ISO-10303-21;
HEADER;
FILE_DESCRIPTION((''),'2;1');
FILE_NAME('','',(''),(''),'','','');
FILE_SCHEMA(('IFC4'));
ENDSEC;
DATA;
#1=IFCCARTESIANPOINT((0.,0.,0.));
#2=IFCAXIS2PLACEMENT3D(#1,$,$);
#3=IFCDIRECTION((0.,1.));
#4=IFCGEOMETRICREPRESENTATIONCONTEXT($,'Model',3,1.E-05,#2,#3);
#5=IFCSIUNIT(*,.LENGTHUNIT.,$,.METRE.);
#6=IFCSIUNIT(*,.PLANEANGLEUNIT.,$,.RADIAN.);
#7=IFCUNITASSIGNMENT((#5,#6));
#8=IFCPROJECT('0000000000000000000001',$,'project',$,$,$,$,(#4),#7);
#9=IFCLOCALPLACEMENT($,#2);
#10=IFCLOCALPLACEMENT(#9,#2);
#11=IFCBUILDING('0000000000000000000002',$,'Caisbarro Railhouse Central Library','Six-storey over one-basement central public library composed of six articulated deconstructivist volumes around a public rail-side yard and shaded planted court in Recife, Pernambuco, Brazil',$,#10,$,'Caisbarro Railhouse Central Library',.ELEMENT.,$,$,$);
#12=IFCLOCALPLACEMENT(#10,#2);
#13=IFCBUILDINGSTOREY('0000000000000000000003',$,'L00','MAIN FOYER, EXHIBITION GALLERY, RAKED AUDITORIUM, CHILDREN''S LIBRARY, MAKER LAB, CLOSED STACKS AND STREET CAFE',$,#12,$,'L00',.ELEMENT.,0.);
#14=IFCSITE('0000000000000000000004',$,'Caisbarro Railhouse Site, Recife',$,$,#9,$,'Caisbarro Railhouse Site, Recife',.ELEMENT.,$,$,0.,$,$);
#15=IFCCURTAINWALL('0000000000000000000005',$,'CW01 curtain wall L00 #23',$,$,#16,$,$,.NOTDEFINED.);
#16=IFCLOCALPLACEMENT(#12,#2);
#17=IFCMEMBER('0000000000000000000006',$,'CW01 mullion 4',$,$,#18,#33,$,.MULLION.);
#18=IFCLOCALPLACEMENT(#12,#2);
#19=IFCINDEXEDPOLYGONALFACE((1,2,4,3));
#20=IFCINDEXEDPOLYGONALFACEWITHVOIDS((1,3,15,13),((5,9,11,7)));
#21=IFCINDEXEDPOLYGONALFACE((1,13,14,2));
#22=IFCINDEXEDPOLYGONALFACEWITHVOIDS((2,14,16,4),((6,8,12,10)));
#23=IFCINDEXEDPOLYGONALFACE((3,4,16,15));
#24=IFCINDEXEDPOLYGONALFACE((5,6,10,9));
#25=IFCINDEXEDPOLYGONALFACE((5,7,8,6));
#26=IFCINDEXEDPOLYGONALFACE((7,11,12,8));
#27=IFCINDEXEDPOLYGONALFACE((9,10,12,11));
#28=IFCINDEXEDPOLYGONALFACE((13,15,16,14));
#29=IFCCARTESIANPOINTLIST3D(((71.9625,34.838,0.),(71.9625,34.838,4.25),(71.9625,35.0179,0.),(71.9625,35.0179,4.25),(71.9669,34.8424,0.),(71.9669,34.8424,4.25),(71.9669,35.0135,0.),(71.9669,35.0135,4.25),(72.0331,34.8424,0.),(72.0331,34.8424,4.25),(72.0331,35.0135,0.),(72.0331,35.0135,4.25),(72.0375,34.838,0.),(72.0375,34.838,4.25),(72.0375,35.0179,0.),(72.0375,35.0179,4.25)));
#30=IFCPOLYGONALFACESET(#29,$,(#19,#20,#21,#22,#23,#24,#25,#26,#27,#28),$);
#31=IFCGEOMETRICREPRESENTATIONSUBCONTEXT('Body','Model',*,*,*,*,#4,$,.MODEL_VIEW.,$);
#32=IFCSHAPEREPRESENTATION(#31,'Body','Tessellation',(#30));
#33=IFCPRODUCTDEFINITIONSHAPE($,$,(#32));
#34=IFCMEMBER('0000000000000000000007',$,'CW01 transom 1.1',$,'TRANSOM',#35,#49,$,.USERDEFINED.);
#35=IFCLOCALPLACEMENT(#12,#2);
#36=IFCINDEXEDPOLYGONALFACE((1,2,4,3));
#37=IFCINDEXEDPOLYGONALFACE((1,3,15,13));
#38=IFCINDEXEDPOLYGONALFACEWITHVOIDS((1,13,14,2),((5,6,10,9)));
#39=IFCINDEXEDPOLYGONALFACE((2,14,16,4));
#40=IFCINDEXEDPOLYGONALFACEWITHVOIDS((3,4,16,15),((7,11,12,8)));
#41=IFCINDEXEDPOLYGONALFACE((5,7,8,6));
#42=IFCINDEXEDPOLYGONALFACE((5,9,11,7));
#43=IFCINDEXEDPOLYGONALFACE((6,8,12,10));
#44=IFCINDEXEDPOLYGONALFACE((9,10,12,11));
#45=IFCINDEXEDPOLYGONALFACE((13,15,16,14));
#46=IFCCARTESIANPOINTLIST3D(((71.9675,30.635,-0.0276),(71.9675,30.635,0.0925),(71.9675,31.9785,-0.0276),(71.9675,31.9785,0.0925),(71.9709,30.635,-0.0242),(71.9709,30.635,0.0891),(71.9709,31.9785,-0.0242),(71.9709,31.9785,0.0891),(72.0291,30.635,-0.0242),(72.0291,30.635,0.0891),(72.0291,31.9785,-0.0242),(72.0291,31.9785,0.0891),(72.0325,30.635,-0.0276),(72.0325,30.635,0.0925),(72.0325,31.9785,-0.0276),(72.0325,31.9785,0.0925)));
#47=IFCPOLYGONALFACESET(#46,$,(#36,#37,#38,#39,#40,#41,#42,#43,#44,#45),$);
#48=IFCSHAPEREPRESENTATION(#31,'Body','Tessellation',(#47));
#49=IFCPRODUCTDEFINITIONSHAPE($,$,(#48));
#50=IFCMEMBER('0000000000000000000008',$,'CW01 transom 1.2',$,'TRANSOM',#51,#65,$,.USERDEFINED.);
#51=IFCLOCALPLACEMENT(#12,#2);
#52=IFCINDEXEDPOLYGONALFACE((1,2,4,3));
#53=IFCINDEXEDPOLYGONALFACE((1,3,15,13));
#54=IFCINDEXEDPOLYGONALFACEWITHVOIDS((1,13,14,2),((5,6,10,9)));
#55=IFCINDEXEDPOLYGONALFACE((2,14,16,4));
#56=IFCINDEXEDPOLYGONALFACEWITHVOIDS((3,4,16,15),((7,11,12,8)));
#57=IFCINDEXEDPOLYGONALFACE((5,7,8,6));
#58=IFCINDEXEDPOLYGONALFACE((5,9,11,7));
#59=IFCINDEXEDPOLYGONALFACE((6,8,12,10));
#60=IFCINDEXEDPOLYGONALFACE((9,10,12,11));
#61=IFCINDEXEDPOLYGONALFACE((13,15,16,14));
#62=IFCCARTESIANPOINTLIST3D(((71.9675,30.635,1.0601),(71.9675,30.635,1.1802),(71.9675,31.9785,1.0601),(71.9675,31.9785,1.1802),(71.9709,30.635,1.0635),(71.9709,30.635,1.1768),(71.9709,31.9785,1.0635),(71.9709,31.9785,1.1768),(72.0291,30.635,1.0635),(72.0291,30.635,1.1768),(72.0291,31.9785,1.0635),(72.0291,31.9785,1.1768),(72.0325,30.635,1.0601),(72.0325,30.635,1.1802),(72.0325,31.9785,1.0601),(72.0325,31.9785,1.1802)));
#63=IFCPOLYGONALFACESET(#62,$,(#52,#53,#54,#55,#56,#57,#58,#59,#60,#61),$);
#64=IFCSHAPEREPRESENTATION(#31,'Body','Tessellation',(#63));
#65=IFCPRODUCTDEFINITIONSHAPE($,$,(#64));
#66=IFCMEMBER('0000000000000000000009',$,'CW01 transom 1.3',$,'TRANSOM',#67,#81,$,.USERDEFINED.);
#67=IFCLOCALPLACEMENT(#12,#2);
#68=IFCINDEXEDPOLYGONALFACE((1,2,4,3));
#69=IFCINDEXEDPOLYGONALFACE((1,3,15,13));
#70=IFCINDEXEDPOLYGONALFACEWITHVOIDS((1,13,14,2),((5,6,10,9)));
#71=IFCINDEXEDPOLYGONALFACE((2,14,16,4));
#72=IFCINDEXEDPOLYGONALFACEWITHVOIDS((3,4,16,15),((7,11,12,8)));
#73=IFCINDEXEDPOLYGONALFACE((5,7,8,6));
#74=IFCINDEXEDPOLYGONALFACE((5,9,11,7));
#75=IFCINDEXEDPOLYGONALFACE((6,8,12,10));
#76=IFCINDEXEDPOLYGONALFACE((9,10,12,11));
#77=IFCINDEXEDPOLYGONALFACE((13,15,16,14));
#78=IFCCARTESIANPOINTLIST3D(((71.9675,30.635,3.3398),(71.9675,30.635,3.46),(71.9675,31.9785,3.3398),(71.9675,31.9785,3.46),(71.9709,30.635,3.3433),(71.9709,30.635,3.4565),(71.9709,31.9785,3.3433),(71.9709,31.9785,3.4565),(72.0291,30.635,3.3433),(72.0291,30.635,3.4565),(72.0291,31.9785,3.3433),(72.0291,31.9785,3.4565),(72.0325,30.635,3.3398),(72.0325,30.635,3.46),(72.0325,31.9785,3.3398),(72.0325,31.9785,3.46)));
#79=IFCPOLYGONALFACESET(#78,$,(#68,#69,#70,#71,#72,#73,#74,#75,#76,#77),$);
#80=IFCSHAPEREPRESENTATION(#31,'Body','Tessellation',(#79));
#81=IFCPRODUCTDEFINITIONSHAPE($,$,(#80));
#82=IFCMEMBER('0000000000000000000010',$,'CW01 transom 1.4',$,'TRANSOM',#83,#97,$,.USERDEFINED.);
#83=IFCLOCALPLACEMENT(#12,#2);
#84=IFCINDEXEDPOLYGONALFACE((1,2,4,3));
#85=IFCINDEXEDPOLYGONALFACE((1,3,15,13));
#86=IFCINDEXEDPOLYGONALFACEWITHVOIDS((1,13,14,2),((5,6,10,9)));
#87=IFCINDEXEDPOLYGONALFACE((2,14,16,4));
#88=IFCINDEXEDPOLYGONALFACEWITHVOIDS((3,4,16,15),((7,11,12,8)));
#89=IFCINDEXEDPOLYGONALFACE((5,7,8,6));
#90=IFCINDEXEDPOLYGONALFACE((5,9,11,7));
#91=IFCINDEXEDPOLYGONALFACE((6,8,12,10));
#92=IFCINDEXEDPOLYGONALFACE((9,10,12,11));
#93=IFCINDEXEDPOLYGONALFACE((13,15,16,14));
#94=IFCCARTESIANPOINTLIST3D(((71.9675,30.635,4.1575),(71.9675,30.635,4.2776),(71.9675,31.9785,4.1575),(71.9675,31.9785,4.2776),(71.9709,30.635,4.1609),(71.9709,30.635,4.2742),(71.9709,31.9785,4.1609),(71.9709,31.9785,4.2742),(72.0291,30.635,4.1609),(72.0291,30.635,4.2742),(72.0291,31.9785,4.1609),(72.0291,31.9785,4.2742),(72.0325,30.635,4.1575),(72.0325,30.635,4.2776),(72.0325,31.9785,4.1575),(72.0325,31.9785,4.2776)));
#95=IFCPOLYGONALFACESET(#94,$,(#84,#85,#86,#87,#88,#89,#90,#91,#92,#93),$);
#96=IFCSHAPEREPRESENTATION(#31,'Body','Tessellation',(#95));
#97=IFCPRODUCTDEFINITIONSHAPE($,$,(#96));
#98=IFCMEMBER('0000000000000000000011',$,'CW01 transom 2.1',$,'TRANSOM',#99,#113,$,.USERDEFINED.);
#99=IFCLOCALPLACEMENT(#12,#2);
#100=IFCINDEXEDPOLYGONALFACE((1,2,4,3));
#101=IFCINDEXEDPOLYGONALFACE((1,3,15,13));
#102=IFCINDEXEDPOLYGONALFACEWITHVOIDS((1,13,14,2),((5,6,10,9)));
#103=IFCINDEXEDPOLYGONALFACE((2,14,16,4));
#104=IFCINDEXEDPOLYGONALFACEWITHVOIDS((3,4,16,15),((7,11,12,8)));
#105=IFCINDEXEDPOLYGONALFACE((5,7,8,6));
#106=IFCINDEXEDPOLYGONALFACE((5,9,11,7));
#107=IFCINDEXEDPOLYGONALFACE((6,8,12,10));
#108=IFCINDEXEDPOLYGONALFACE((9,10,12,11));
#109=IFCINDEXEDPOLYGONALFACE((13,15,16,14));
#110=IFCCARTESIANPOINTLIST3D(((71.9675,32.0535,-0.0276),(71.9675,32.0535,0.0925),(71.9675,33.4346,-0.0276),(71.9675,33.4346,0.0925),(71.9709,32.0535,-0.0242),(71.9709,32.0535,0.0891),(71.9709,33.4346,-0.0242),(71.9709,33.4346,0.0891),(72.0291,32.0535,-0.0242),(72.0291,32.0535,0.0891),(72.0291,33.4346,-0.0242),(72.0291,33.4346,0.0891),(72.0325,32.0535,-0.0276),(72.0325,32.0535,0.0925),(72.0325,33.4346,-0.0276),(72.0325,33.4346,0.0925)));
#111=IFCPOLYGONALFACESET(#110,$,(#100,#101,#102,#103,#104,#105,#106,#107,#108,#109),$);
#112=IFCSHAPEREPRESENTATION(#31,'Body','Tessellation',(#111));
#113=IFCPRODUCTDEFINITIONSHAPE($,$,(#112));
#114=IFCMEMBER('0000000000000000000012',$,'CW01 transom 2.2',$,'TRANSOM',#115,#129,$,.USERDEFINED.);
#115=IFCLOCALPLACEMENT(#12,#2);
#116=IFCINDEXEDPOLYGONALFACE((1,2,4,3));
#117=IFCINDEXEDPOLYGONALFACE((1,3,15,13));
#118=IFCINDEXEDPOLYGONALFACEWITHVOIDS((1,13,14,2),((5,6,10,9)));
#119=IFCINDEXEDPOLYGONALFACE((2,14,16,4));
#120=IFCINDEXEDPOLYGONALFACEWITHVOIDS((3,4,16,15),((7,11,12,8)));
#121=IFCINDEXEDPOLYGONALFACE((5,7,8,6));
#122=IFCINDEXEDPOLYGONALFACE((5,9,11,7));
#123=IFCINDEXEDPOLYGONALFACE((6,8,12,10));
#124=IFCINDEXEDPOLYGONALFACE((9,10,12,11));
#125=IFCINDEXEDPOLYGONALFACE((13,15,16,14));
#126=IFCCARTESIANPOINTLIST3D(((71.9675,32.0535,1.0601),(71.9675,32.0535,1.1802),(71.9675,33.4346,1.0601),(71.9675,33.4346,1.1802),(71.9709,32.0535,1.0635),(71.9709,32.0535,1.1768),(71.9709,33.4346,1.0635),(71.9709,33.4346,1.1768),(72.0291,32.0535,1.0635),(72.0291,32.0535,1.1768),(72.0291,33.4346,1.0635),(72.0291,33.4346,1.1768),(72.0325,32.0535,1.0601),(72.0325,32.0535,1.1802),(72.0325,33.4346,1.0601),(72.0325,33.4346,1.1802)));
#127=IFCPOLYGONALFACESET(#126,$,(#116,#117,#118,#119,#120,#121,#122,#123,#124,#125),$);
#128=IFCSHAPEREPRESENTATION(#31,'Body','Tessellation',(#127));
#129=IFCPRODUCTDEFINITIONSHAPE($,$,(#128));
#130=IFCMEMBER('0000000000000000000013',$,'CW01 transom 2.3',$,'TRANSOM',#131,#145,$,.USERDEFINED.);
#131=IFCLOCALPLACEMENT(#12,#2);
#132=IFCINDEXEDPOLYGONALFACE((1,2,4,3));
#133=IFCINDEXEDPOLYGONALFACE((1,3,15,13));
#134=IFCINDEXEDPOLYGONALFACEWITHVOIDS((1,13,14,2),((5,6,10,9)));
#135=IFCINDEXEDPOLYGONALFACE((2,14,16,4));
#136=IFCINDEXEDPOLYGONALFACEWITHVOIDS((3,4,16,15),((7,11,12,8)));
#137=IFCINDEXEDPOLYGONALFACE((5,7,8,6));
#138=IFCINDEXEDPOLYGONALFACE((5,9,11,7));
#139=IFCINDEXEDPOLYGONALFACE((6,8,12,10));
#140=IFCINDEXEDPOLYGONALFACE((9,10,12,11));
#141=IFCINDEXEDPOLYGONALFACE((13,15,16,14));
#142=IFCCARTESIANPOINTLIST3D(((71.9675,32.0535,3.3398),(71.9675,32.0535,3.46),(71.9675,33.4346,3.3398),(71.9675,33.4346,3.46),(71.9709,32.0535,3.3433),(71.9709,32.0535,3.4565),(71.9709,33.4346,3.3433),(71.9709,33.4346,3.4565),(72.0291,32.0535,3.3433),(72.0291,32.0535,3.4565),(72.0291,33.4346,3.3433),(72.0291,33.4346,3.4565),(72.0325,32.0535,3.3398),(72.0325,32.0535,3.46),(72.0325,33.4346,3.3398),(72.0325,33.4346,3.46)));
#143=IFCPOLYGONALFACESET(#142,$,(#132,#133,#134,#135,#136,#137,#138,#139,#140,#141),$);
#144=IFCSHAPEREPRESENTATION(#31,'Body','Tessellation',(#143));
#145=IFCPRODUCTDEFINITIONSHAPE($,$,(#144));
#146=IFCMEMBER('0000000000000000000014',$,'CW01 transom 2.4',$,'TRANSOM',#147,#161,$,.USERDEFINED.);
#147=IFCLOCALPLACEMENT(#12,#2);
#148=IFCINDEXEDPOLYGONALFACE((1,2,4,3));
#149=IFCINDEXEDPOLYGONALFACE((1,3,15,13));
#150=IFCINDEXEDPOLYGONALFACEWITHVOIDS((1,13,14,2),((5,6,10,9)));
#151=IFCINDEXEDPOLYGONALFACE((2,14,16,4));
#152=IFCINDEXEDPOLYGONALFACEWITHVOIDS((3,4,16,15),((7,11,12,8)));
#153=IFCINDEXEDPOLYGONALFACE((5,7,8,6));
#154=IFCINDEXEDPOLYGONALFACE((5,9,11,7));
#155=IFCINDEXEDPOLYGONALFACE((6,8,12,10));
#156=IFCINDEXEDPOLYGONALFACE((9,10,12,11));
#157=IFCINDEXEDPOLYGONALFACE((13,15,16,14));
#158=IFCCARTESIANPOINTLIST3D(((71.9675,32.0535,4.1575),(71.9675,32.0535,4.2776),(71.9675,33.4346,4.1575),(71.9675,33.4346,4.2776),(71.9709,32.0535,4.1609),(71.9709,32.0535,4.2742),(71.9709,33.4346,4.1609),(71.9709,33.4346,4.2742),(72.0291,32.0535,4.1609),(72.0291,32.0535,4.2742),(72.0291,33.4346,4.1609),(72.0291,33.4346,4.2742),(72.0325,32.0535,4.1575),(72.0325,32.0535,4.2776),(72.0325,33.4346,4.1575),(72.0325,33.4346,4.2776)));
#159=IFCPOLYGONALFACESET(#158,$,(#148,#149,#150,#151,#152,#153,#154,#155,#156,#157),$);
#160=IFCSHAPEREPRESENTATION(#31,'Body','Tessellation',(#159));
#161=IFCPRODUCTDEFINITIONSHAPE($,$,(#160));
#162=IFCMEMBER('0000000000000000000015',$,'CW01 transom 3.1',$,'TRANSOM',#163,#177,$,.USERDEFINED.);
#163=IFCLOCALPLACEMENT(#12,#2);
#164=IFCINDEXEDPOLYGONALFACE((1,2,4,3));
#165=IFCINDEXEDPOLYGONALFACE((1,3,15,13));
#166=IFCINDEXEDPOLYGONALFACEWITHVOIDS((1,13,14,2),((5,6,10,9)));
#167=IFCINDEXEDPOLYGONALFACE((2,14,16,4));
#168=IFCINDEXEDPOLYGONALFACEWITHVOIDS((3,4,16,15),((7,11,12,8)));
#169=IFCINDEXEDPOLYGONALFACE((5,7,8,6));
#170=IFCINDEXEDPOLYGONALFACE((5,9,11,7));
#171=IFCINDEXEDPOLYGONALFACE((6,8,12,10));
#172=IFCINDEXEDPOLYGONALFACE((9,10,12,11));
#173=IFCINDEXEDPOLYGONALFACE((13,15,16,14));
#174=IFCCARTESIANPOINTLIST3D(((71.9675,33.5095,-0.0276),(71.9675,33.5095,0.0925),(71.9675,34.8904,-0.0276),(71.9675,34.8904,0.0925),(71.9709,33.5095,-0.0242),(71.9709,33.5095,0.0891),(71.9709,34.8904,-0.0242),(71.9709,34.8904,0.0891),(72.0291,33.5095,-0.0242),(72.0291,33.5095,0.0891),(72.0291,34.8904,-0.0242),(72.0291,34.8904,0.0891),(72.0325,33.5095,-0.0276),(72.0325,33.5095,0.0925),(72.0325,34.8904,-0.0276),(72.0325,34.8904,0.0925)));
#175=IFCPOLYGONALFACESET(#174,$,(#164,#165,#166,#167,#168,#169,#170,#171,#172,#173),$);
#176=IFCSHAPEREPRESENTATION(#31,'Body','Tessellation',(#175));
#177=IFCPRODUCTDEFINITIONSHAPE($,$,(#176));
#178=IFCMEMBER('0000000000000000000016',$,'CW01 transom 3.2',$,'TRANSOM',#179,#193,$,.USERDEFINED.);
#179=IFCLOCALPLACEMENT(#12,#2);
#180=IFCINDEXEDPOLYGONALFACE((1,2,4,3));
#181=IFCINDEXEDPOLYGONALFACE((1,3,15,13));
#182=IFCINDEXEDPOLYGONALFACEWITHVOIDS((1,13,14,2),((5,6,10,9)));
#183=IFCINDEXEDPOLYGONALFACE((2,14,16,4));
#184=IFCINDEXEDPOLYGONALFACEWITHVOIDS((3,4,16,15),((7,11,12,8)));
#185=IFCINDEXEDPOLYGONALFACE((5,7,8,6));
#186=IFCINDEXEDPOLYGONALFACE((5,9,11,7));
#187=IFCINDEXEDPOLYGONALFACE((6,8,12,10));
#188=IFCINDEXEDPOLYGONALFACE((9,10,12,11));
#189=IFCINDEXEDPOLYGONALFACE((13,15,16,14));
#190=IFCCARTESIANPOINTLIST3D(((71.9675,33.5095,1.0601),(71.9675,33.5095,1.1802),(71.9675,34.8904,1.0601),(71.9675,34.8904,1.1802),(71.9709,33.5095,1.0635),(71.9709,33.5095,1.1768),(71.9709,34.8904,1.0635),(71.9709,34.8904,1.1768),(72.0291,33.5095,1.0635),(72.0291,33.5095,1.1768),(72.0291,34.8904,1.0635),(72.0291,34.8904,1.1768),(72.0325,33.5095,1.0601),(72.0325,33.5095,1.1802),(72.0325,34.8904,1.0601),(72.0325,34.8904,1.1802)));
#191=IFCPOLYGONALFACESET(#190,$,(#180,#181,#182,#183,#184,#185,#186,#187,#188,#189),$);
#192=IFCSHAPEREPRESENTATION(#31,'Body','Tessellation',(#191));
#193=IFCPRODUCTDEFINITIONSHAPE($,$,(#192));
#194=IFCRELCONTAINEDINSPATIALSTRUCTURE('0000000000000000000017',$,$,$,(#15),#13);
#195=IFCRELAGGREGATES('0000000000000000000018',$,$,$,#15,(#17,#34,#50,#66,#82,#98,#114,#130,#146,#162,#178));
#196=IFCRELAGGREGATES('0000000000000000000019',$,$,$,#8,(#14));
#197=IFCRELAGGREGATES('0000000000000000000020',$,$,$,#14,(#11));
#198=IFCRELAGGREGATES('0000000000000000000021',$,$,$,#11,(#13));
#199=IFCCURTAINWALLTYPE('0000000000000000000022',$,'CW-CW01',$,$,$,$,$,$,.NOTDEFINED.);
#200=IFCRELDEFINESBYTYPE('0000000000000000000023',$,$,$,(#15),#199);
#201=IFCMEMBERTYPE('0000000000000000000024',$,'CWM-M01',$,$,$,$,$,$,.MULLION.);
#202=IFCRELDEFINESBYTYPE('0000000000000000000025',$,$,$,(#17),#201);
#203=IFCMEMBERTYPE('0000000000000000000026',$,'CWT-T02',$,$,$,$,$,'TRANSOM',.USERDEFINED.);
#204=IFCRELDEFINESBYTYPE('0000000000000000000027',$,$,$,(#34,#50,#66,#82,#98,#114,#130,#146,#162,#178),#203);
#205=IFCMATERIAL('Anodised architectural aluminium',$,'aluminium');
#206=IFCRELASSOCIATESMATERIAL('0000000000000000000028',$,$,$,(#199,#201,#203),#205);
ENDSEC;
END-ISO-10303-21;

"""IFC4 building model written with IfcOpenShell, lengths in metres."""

from ifc_helpers import new_model, si_unit, direction, frame, origin, origin_2d, place, context, subcontext, project, spatial, hollow_rectangle, extrude, material, material_profile, profile_set, type_object, element, aggregate, save


model = new_model("IFC4")

# Units and contexts
model_context = context("Model", 3, precision=1e-05, world=origin(), true_north=direction((0.0, 1.0)))
body_context = subcontext(model_context, "Body", "Model", "MODEL_VIEW")
ifc_project = project(units=[si_unit("LENGTHUNIT", "METRE"), si_unit("PLANEANGLEUNIT", "RADIAN")], contexts=[model_context])

# Site, building, storey
site_placement = place(None, origin())
site = spatial("IfcSite", under=ifc_project, at=site_placement, Name="Caisbarro Railhouse Site, Recife", LongName="Caisbarro Railhouse Site, Recife", CompositionType="ELEMENT", RefElevation=0.0)
building_placement = place(site_placement, origin())
building = spatial("IfcBuilding", under=site, at=building_placement, Name="Caisbarro Railhouse Central Library", Description="Six-storey over one-basement central public library composed of six articulated deconstructivist volumes around a public rail-side yard and shaded planted court in Recife, Pernambuco, Brazil", LongName="Caisbarro Railhouse Central Library", CompositionType="ELEMENT")
storey_placement = place(building_placement, origin())
storey = spatial("IfcBuildingStorey", under=building, at=storey_placement, Name="L00", Description="MAIN FOYER, EXHIBITION GALLERY, RAKED AUDITORIUM, CHILDREN'S LIBRARY, MAKER LAB, CLOSED STACKS AND STREET CAFE", LongName="L00", CompositionType="ELEMENT", Elevation=0.0)

# Curtain wall, members
ifc_material_1 = material(Name="Anodised architectural aluminium", Category="aluminium")
curtain_wall_type = type_object("IfcCurtainWallType", Name="CW-CW01", PredefinedType="NOTDEFINED", material=ifc_material_1)
curtain_wall_placement = place(storey_placement, origin())
curtain_wall = element("IfcCurtainWall", 1, at=curtain_wall_placement, inside=storey, type_object=curtain_wall_type, Name="CW01 curtain wall L00 #23", PredefinedType="NOTDEFINED")
ifc_material_profile_1 = material_profile(ifc_material_1, hollow_rectangle(XDim=0.075, YDim=0.1799, WallThickness=0.0044, at=origin_2d()), Name="ALU-MUL-75X180")
ifc_profile_set_1 = profile_set([ifc_material_profile_1], Name="Anodised architectural aluminium")
member_type_1 = type_object("IfcMemberType", Name="CWM-M01", PredefinedType="MULLION", material=ifc_profile_set_1)
member_1_placement = place(storey_placement, frame((72.0, 34.928, 0.0), z_axis=(0.0, 0.0, 1.0), x_axis=(-1.0, 0.0, 0.0)))
member_1 = element("IfcMember", 2, at=member_1_placement, type_object=member_type_1, Name="CW01 mullion 4", PredefinedType="MULLION", context=body_context, shape_type="SweptSolid", body=[
    extrude(hollow_rectangle(XDim=0.075, YDim=0.1799, WallThickness=0.0044, at=origin_2d()), origin(), (0.0, 0.0, 1.0), 4.25),
])
ifc_material_profile_2 = material_profile(ifc_material_1, hollow_rectangle(XDim=0.0649, YDim=0.1201, WallThickness=0.0034, at=origin_2d()), Name="ALU-TRN-65X120")
ifc_profile_set_2 = profile_set([ifc_material_profile_2], Name="Anodised architectural aluminium")
member_type_2 = type_object("IfcMemberType", Name="CWT-T02", ElementType="TRANSOM", PredefinedType="USERDEFINED", material=ifc_profile_set_2)
member_2_placement = place(storey_placement, frame((72.0, 30.635, 0.0325), z_axis=(0.0, 1.0, 0.0), x_axis=(-1.0, 0.0, 0.0)))
member_2 = element("IfcMember", 3, at=member_2_placement, type_object=member_type_2, Name="CW01 transom 1.1", ObjectType="TRANSOM", PredefinedType="USERDEFINED", context=body_context, shape_type="SweptSolid", body=[
    extrude(hollow_rectangle(XDim=0.0649, YDim=0.1201, WallThickness=0.0034, at=origin_2d()), origin(), (0.0, 0.0, 1.0), 1.3435),
])
member_3_placement = place(storey_placement, frame((72.0, 30.635, 1.1201), z_axis=(0.0, 1.0, 0.0), x_axis=(-1.0, 0.0, 0.0)))
member_3 = element("IfcMember", 4, at=member_3_placement, type_object=member_type_2, Name="CW01 transom 1.2", ObjectType="TRANSOM", PredefinedType="USERDEFINED", context=body_context, shape_type="SweptSolid", body=[
    extrude(hollow_rectangle(XDim=0.0649, YDim=0.1201, WallThickness=0.0034, at=origin_2d()), origin(), (0.0, 0.0, 1.0), 1.3435),
])
member_4_placement = place(storey_placement, frame((72.0, 30.635, 3.3999), z_axis=(0.0, 1.0, 0.0), x_axis=(-1.0, 0.0, 0.0)))
member_4 = element("IfcMember", 5, at=member_4_placement, type_object=member_type_2, Name="CW01 transom 1.3", ObjectType="TRANSOM", PredefinedType="USERDEFINED", context=body_context, shape_type="SweptSolid", body=[
    extrude(hollow_rectangle(XDim=0.0649, YDim=0.1201, WallThickness=0.0034, at=origin_2d()), origin(), (0.0, 0.0, 1.0), 1.3435),
])
member_5_placement = place(storey_placement, frame((72.0, 30.635, 4.2175), z_axis=(0.0, 1.0, 0.0), x_axis=(-1.0, 0.0, 0.0)))
member_5 = element("IfcMember", 6, at=member_5_placement, type_object=member_type_2, Name="CW01 transom 1.4", ObjectType="TRANSOM", PredefinedType="USERDEFINED", context=body_context, shape_type="SweptSolid", body=[
    extrude(hollow_rectangle(XDim=0.0649, YDim=0.1201, WallThickness=0.0034, at=origin_2d()), origin(), (0.0, 0.0, 1.0), 1.3435),
])
member_6_placement = place(storey_placement, frame((72.0, 32.0535, 0.0325), z_axis=(0.0, 1.0, 0.0), x_axis=(-1.0, 0.0, 0.0)))
member_6 = element("IfcMember", 7, at=member_6_placement, type_object=member_type_2, Name="CW01 transom 2.1", ObjectType="TRANSOM", PredefinedType="USERDEFINED", context=body_context, shape_type="SweptSolid", body=[
    extrude(hollow_rectangle(XDim=0.0649, YDim=0.1201, WallThickness=0.0034, at=origin_2d()), origin(), (0.0, 0.0, 1.0), 1.3811),
])
member_7_placement = place(storey_placement, frame((72.0, 32.0535, 1.1201), z_axis=(0.0, 1.0, 0.0), x_axis=(-1.0, 0.0, 0.0)))
member_7 = element("IfcMember", 8, at=member_7_placement, type_object=member_type_2, Name="CW01 transom 2.2", ObjectType="TRANSOM", PredefinedType="USERDEFINED", context=body_context, shape_type="SweptSolid", body=[
    extrude(hollow_rectangle(XDim=0.0649, YDim=0.1201, WallThickness=0.0034, at=origin_2d()), origin(), (0.0, 0.0, 1.0), 1.3811),
])
member_8_placement = place(storey_placement, frame((72.0, 32.0535, 3.3999), z_axis=(0.0, 1.0, 0.0), x_axis=(-1.0, 0.0, 0.0)))
member_8 = element("IfcMember", 9, at=member_8_placement, type_object=member_type_2, Name="CW01 transom 2.3", ObjectType="TRANSOM", PredefinedType="USERDEFINED", context=body_context, shape_type="SweptSolid", body=[
    extrude(hollow_rectangle(XDim=0.0649, YDim=0.1201, WallThickness=0.0034, at=origin_2d()), origin(), (0.0, 0.0, 1.0), 1.3811),
])
member_9_placement = place(storey_placement, frame((72.0, 32.0535, 4.2175), z_axis=(0.0, 1.0, 0.0), x_axis=(-1.0, 0.0, 0.0)))
member_9 = element("IfcMember", 10, at=member_9_placement, type_object=member_type_2, Name="CW01 transom 2.4", ObjectType="TRANSOM", PredefinedType="USERDEFINED", context=body_context, shape_type="SweptSolid", body=[
    extrude(hollow_rectangle(XDim=0.0649, YDim=0.1201, WallThickness=0.0034, at=origin_2d()), origin(), (0.0, 0.0, 1.0), 1.3811),
])
member_10_placement = place(storey_placement, frame((72.0, 33.5095, 0.0325), z_axis=(0.0, 1.0, 0.0), x_axis=(-1.0, 0.0, 0.0)))
member_10 = element("IfcMember", 11, at=member_10_placement, type_object=member_type_2, Name="CW01 transom 3.1", ObjectType="TRANSOM", PredefinedType="USERDEFINED", context=body_context, shape_type="SweptSolid", body=[
    extrude(hollow_rectangle(XDim=0.0649, YDim=0.1201, WallThickness=0.0034, at=origin_2d()), origin(), (0.0, 0.0, 1.0), 1.3809),
])
member_11_placement = place(storey_placement, frame((72.0, 33.5095, 1.1201), z_axis=(0.0, 1.0, 0.0), x_axis=(-1.0, 0.0, 0.0)))
member_11 = element("IfcMember", 12, at=member_11_placement, type_object=member_type_2, Name="CW01 transom 3.2", ObjectType="TRANSOM", PredefinedType="USERDEFINED", context=body_context, shape_type="SweptSolid", body=[
    extrude(hollow_rectangle(XDim=0.0649, YDim=0.1201, WallThickness=0.0034, at=origin_2d()), origin(), (0.0, 0.0, 1.0), 1.3809),
])
aggregate(curtain_wall, [member_1, member_2, member_3, member_4, member_5, member_6, member_7, member_8, member_9, member_10, member_11])

save(model, "model.ifc")
